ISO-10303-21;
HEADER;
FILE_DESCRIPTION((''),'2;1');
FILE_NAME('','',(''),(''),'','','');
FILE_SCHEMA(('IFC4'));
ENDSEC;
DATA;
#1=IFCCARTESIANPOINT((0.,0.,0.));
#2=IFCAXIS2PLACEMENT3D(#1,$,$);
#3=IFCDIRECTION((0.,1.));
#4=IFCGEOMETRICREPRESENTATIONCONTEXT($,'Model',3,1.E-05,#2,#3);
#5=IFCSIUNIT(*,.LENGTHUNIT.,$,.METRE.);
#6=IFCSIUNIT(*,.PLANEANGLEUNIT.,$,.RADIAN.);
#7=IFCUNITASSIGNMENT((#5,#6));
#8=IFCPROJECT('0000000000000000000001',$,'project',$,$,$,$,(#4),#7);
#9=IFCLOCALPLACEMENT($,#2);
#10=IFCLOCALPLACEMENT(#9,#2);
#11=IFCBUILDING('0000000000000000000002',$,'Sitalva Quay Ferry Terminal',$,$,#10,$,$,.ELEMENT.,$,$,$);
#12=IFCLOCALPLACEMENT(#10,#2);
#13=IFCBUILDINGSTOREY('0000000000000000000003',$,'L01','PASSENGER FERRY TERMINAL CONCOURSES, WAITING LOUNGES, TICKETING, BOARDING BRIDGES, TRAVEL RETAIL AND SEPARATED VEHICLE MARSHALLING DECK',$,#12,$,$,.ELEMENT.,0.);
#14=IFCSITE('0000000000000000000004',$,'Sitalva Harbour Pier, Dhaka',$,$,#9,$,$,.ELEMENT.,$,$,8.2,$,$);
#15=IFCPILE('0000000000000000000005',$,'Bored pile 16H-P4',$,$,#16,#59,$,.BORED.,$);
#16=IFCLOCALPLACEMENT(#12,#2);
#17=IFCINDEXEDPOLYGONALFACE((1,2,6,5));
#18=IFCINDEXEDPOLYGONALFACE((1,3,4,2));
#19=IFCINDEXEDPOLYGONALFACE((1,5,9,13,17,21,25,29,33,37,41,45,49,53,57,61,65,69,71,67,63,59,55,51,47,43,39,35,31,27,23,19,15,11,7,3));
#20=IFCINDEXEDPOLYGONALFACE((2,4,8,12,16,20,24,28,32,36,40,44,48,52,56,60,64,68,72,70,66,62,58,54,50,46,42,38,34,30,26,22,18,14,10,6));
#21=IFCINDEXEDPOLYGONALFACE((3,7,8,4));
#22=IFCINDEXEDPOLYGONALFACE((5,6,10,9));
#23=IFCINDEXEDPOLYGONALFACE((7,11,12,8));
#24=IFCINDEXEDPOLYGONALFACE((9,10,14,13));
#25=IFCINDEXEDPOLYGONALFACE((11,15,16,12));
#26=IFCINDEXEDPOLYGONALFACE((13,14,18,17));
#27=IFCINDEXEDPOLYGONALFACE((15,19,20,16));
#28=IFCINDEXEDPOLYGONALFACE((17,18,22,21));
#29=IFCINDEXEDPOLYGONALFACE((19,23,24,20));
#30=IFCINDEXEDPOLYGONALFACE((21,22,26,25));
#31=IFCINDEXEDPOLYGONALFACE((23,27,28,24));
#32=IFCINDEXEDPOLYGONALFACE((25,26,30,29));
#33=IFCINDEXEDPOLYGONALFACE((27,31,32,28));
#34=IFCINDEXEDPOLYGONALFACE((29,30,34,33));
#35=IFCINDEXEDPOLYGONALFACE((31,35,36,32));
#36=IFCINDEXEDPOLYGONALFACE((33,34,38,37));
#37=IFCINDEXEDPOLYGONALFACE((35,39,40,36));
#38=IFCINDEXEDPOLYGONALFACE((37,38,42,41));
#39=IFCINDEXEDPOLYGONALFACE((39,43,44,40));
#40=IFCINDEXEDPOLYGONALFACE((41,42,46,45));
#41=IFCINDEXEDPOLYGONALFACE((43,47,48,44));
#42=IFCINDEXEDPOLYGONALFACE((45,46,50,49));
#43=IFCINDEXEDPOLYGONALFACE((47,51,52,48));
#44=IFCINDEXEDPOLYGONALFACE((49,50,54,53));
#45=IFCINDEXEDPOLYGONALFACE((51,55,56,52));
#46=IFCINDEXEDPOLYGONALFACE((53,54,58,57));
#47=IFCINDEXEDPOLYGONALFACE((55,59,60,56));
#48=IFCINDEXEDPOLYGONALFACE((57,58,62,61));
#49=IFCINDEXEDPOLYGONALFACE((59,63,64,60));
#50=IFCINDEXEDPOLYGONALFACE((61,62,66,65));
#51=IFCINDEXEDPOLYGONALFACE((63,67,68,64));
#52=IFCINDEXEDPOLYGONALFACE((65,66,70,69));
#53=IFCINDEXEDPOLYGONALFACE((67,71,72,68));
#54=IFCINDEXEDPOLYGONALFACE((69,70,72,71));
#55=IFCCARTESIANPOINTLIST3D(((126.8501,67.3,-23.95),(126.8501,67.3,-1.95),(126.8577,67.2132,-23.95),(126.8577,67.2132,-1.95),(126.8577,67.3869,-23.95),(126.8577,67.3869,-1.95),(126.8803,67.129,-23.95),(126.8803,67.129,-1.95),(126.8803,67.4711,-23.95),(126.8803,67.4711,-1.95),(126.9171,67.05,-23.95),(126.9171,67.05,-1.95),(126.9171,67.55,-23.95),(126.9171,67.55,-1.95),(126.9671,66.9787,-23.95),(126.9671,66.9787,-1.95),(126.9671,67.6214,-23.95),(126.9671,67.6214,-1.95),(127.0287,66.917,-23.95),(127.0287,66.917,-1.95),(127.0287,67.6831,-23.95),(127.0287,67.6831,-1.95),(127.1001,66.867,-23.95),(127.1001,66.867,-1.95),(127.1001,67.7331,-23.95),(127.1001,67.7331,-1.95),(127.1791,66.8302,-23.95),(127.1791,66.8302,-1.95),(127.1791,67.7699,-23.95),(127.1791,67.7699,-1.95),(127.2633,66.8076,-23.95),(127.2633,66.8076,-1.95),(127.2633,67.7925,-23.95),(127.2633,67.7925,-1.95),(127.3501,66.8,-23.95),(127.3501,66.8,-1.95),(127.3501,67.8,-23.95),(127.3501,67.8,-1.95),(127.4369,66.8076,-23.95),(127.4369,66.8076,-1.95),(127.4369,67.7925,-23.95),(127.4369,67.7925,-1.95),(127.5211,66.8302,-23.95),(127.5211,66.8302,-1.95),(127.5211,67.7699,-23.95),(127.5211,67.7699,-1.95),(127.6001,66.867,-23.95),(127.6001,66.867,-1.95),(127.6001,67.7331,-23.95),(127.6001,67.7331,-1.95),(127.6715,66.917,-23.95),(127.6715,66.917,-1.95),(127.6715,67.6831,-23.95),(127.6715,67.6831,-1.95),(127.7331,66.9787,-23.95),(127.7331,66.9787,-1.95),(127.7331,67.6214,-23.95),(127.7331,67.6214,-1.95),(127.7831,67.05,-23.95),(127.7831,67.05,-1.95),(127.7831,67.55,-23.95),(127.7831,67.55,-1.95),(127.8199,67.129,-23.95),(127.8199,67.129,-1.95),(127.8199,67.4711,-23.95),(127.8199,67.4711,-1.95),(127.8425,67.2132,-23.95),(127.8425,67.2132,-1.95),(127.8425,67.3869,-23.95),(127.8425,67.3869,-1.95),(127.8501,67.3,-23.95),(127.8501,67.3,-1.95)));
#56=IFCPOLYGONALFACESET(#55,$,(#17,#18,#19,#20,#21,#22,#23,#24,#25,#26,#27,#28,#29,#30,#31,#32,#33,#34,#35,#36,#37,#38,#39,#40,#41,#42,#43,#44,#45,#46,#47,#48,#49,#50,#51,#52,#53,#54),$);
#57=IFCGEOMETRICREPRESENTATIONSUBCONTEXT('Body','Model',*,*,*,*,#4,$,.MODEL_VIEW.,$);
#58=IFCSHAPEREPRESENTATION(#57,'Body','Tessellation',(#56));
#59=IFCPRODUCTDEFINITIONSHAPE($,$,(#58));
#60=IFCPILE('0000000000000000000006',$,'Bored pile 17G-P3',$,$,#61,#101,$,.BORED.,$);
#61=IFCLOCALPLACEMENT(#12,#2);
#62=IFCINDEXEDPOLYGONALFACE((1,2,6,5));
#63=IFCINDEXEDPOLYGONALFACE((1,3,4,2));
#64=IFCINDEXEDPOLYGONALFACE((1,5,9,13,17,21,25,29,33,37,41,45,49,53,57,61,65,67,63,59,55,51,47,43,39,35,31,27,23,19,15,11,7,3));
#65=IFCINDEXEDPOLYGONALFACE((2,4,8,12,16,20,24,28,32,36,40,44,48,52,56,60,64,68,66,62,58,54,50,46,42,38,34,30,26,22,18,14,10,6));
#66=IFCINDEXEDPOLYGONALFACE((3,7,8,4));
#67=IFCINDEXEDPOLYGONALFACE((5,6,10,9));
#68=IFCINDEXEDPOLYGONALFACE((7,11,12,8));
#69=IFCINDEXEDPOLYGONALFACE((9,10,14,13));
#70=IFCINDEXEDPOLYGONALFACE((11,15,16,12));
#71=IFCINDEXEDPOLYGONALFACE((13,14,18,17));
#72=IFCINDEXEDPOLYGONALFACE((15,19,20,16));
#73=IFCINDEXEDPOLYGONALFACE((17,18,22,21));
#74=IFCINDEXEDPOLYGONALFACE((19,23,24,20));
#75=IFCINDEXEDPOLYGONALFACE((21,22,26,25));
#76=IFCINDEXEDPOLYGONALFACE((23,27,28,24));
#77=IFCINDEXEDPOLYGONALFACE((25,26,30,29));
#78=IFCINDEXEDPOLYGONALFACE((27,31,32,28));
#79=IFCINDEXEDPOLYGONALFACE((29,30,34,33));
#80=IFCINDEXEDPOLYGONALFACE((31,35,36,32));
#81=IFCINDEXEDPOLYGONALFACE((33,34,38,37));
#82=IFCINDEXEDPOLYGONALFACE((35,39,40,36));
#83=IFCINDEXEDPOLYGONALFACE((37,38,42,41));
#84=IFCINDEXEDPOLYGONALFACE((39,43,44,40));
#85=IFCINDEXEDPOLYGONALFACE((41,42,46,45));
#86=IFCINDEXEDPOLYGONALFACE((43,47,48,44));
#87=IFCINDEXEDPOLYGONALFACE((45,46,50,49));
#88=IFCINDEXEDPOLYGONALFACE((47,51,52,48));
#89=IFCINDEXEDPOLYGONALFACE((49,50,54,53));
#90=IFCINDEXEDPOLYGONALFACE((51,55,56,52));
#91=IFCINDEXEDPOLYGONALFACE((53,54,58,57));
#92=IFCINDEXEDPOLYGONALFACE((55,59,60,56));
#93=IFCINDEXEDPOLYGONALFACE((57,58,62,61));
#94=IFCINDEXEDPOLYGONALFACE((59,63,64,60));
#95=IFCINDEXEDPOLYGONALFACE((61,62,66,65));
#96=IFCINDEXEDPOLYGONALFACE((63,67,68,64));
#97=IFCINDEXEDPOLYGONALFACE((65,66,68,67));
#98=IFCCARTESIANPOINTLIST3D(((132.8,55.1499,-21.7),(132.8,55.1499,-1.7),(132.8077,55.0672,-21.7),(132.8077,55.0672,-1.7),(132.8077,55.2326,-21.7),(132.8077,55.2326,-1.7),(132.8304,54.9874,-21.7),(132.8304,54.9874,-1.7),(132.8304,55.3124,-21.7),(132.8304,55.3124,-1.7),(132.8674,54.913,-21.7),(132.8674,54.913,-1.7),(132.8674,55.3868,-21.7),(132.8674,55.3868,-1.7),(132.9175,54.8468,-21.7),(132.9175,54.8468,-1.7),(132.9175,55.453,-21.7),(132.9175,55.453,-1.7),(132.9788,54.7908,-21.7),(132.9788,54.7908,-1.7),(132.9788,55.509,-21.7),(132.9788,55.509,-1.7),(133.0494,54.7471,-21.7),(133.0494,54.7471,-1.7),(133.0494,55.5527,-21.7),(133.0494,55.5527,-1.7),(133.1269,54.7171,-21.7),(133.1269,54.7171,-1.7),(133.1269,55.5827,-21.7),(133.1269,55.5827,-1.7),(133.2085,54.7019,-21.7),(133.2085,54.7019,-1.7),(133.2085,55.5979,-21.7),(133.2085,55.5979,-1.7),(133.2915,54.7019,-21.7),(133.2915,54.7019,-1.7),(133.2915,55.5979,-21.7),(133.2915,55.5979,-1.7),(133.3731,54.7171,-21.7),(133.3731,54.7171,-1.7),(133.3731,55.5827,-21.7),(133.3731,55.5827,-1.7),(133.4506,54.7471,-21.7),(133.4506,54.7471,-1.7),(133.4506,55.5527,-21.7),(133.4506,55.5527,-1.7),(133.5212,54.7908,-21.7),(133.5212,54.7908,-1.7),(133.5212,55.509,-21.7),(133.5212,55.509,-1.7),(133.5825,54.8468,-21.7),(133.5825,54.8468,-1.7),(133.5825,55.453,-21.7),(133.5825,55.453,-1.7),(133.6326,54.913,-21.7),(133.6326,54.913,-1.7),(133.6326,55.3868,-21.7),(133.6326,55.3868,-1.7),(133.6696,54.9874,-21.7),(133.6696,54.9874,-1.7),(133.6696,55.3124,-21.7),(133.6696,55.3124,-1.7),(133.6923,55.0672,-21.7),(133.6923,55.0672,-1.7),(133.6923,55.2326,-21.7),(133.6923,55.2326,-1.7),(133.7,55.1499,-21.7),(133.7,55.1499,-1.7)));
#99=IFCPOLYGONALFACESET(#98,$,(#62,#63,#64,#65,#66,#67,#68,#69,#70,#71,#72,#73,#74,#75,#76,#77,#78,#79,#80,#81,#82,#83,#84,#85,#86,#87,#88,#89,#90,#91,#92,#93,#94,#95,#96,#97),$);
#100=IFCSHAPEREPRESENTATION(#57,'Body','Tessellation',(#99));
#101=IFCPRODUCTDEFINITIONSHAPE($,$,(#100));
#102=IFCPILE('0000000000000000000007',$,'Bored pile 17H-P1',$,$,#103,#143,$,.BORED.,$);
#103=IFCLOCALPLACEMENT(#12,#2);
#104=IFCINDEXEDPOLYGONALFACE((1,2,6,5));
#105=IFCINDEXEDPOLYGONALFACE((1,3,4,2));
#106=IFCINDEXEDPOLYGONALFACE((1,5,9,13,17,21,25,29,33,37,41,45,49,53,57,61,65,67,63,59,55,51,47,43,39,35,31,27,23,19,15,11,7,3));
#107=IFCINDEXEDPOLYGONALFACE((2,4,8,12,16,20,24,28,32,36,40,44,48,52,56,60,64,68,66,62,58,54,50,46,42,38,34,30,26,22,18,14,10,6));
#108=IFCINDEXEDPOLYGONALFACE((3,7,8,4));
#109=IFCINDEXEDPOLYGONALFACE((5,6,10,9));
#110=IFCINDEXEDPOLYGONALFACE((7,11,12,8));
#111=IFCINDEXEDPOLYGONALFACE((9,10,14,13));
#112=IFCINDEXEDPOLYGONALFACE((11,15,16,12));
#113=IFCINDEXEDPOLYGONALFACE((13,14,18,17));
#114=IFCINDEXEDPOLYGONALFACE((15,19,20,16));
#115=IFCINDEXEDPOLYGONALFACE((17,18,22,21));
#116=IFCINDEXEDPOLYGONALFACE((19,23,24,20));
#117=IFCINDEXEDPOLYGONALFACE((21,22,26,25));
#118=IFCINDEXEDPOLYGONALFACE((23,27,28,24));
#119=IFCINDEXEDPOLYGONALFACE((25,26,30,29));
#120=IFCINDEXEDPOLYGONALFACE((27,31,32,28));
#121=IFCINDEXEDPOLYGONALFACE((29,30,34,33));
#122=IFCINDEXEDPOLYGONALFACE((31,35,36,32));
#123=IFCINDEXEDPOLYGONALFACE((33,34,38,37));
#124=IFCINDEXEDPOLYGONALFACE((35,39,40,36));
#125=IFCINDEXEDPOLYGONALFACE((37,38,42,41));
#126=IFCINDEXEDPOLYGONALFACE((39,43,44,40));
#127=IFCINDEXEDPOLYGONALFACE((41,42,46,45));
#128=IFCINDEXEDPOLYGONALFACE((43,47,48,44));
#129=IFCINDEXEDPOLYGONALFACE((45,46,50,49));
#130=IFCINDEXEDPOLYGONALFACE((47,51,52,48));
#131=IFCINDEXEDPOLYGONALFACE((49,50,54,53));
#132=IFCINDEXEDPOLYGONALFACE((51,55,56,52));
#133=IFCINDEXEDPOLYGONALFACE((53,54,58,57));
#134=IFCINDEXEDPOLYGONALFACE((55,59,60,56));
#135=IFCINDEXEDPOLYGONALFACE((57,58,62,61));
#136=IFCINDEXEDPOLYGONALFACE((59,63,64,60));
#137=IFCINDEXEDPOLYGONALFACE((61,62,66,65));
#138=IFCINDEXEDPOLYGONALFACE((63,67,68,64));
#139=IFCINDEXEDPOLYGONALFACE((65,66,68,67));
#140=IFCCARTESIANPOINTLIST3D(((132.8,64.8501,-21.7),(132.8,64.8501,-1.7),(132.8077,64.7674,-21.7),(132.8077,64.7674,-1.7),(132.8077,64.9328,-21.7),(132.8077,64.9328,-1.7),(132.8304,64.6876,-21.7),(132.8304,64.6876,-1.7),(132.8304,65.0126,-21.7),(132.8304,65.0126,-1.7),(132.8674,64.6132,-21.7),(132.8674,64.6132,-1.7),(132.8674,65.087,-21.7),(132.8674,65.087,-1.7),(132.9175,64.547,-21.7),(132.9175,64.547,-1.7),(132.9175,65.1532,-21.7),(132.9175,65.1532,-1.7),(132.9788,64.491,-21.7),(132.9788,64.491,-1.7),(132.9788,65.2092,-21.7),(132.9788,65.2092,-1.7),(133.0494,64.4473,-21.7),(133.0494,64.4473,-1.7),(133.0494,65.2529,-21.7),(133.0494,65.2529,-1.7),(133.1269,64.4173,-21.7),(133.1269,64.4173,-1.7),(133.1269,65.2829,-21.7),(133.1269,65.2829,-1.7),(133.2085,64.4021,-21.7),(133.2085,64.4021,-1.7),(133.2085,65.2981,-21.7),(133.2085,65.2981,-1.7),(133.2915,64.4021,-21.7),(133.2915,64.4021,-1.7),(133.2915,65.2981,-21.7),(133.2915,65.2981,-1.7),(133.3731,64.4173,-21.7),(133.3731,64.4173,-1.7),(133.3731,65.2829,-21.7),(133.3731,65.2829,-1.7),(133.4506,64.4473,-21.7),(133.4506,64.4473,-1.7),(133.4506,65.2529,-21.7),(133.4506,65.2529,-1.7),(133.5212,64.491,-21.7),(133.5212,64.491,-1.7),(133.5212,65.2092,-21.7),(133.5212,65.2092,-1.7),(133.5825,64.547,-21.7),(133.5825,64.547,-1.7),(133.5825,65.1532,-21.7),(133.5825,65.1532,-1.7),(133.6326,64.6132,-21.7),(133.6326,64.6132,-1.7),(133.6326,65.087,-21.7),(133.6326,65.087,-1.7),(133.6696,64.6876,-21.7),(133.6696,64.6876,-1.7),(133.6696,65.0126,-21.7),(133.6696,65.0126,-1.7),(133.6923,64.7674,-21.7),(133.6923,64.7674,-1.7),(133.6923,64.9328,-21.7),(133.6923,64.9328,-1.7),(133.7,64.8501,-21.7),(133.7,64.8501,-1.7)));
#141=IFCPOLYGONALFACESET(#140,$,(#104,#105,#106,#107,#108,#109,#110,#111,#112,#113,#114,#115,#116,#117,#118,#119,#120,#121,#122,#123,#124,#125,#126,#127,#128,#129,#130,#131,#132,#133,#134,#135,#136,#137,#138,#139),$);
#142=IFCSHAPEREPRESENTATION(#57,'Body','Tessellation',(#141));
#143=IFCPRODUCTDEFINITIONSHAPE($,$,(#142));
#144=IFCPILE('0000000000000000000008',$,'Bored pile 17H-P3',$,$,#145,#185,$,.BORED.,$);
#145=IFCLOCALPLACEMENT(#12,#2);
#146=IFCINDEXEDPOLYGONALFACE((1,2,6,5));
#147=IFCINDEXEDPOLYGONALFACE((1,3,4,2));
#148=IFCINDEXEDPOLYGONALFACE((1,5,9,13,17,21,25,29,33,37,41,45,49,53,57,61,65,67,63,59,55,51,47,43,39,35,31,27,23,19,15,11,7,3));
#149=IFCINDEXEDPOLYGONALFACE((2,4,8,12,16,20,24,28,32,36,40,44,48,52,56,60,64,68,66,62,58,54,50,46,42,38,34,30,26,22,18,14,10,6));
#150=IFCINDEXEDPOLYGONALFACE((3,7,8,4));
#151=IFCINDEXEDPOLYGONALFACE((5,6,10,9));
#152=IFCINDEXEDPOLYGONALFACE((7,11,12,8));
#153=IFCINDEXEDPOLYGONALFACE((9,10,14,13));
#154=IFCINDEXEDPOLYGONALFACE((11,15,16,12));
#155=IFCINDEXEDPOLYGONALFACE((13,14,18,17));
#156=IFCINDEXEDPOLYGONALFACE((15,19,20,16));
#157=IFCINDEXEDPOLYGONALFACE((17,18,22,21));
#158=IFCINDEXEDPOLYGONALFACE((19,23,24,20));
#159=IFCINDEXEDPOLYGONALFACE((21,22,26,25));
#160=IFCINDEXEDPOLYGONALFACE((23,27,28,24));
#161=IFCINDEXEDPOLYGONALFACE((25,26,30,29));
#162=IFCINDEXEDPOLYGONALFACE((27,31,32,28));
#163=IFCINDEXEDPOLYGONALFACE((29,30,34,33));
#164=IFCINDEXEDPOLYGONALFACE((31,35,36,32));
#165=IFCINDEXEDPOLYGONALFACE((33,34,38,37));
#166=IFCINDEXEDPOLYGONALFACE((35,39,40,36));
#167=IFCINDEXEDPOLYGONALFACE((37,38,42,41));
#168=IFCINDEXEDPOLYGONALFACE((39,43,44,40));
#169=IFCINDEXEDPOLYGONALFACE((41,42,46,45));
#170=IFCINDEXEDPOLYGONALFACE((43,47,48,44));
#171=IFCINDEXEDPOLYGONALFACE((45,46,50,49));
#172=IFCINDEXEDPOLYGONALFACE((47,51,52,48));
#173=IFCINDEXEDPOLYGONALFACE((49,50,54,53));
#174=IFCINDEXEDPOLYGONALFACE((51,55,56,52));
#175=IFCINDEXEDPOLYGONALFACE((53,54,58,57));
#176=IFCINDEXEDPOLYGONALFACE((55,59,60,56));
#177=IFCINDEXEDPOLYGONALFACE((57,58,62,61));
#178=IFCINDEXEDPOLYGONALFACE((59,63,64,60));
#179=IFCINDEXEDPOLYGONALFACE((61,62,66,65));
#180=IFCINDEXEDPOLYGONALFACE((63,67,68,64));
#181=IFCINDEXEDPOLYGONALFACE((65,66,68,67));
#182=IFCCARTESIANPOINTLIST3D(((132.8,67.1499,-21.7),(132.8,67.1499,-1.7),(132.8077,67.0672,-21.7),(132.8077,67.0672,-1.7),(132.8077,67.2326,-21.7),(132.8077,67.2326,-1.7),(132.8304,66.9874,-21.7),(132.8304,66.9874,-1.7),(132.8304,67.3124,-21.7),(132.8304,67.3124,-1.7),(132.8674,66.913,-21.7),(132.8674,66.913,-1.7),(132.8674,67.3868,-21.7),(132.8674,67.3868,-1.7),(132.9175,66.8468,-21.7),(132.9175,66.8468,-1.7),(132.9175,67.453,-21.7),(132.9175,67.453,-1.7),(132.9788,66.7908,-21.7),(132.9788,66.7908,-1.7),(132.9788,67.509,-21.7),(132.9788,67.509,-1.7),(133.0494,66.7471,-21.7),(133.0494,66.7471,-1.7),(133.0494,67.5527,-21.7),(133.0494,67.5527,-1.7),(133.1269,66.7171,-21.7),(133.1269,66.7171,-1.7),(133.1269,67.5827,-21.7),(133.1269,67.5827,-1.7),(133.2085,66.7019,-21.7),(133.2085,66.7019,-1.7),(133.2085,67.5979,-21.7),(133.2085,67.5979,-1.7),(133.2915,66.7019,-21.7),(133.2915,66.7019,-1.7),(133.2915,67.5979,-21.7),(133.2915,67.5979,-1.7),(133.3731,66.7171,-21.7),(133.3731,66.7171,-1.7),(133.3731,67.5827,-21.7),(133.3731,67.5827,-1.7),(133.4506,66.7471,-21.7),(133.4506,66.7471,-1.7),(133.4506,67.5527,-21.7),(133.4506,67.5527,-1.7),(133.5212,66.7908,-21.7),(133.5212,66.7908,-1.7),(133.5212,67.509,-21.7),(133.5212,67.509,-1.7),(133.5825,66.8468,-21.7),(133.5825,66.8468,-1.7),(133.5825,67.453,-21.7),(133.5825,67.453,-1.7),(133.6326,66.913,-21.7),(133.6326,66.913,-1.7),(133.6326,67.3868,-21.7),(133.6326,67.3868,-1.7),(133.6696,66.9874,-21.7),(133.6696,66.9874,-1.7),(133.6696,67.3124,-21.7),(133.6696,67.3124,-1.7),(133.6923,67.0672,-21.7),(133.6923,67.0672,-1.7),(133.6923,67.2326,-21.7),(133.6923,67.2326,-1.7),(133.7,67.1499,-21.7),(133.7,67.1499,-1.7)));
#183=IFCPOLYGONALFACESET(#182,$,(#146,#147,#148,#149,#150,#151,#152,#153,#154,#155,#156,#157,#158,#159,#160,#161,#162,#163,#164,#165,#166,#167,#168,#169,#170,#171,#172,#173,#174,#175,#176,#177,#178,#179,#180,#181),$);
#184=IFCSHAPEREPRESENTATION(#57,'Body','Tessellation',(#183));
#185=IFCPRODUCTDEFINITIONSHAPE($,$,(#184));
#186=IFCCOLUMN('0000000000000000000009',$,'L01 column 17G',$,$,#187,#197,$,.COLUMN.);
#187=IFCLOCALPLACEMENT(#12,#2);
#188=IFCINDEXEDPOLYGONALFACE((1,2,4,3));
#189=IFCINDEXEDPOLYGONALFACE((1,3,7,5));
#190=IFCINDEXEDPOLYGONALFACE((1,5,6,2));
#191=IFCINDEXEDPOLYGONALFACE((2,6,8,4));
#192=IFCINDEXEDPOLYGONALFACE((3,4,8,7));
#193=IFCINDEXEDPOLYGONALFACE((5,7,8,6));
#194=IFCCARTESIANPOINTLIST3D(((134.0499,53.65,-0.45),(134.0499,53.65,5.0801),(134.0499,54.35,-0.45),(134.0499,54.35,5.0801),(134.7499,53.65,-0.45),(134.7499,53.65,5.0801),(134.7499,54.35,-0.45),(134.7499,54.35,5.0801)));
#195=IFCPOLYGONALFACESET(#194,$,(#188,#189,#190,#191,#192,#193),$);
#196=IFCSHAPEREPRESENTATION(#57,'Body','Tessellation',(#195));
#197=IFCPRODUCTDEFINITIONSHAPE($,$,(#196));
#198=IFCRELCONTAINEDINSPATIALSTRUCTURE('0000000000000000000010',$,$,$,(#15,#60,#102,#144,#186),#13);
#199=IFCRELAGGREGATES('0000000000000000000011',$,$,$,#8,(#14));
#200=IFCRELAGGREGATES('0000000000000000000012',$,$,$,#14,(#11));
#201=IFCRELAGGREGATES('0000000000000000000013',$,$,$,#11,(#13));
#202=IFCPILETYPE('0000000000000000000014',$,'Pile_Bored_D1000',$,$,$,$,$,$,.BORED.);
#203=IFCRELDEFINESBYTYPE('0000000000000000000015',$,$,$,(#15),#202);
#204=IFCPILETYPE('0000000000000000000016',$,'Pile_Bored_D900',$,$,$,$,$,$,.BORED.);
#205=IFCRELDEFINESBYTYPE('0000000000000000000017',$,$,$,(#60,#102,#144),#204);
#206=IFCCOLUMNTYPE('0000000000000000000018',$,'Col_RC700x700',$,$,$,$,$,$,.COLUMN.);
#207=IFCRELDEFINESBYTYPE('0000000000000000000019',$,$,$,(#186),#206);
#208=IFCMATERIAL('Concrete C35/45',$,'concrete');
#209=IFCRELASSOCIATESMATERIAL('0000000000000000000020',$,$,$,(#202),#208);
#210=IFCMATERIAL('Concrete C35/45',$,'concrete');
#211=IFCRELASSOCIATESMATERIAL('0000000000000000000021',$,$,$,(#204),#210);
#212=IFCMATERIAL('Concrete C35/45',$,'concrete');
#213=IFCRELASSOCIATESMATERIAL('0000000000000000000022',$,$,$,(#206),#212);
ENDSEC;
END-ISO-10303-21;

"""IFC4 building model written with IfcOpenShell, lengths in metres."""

from ifc_helpers import new_model, si_unit, direction, frame, origin, origin_2d, place, context, subcontext, project, spatial, rectangle, circle, extrude, material, material_profile, profile_set, type_object, element, save


model = new_model("IFC4")

# Units and contexts
model_context = context("Model", 3, precision=1e-05, world=origin(), true_north=direction((0.0, 1.0)))
body_context = subcontext(model_context, "Body", "Model", "MODEL_VIEW")
ifc_project = project(units=[si_unit("LENGTHUNIT", "METRE"), si_unit("PLANEANGLEUNIT", "RADIAN")], contexts=[model_context])

# Site, building, storey
site_placement = place(None, origin())
site = spatial("IfcSite", under=ifc_project, at=site_placement, Name="Sitalva Harbour Pier, Dhaka", CompositionType="ELEMENT", RefElevation=8.2)
building_placement = place(site_placement, origin())
building = spatial("IfcBuilding", under=site, at=building_placement, Name="Sitalva Quay Ferry Terminal", CompositionType="ELEMENT")
storey_placement = place(building_placement, origin())
storey = spatial("IfcBuildingStorey", under=building, at=storey_placement, Name="L01", Description="PASSENGER FERRY TERMINAL CONCOURSES, WAITING LOUNGES, TICKETING, BOARDING BRIDGES, TRAVEL RETAIL AND SEPARATED VEHICLE MARSHALLING DECK", CompositionType="ELEMENT", Elevation=0.0)

# Piles
ifc_material_1 = material(Name="Concrete C35/45", Category="concrete")
ifc_material_profile_1 = material_profile(ifc_material_1, circle(Radius=0.5, at=origin_2d()), Name="PILE-D1000")
ifc_profile_set_1 = profile_set([ifc_material_profile_1], Name="Concrete C35/45")
pile_type_1 = type_object("IfcPileType", Name="Pile_Bored_D1000", PredefinedType="BORED", material=ifc_profile_set_1)
for number, where, z_axis, x_axis, name in (
    (1, (127.3501, 67.3, -1.95), (0.0, 0.0, -1.0), (1.0, 0.0, 0.0), "Bored pile 16H-P4"),
):
    element("IfcPile", number, at=place(storey_placement, frame(where, z_axis=z_axis, x_axis=x_axis)), inside=storey, type_object=pile_type_1, Name=name, PredefinedType="BORED", context=body_context, shape_type="SweptSolid", body=[
        extrude(circle(Radius=0.5, at=origin_2d()), origin(), (0.0, 0.0, 1.0), 22.0),
    ])
ifc_material_2 = material(Name="Concrete C35/45", Category="concrete")
ifc_material_profile_2 = material_profile(ifc_material_2, circle(Radius=0.45, at=origin_2d()), Name="PILE-D900")
ifc_profile_set_2 = profile_set([ifc_material_profile_2], Name="Concrete C35/45")
pile_type_2 = type_object("IfcPileType", Name="Pile_Bored_D900", PredefinedType="BORED", material=ifc_profile_set_2)
for number, where, z_axis, x_axis, name in (
    (2, (133.25, 55.1499, -1.7), (0.0, 0.0, -1.0), (1.0, 0.0, 0.0), "Bored pile 17G-P3"),
    (3, (133.25, 64.8501, -1.7), (0.0, 0.0, -1.0), (1.0, 0.0, 0.0), "Bored pile 17H-P1"),
    (4, (133.25, 67.1499, -1.7), (0.0, 0.0, -1.0), (1.0, 0.0, 0.0), "Bored pile 17H-P3"),
):
    element("IfcPile", number, at=place(storey_placement, frame(where, z_axis=z_axis, x_axis=x_axis)), inside=storey, type_object=pile_type_2, Name=name, PredefinedType="BORED", context=body_context, shape_type="SweptSolid", body=[
        extrude(circle(Radius=0.45, at=origin_2d()), origin(), (0.0, 0.0, 1.0), 20.0),
    ])

# Column
ifc_material_3 = material(Name="Concrete C35/45", Category="concrete")
ifc_material_profile_3 = material_profile(ifc_material_3, rectangle(XDim=0.7, YDim=0.7, at=origin_2d()), Name="RC700x700")
ifc_profile_set_3 = profile_set([ifc_material_profile_3], Name="Concrete C35/45")
column_type = type_object("IfcColumnType", Name="Col_RC700x700", PredefinedType="COLUMN", material=ifc_profile_set_3)
for number, where, z_axis, x_axis, name in (
    (5, (134.3999, 54.0, -0.45), (0.0, 0.0, 1.0), (1.0, 0.0, 0.0), "L01 column 17G"),
):
    element("IfcColumn", number, at=place(storey_placement, frame(where, z_axis=z_axis, x_axis=x_axis)), inside=storey, type_object=column_type, Name=name, PredefinedType="COLUMN", context=body_context, shape_type="SweptSolid", body=[
        extrude(rectangle(XDim=0.7, YDim=0.7, at=origin_2d()), origin(), (0.0, 0.0, 1.0), 5.53),
    ])

save(model, "model.ifc")
